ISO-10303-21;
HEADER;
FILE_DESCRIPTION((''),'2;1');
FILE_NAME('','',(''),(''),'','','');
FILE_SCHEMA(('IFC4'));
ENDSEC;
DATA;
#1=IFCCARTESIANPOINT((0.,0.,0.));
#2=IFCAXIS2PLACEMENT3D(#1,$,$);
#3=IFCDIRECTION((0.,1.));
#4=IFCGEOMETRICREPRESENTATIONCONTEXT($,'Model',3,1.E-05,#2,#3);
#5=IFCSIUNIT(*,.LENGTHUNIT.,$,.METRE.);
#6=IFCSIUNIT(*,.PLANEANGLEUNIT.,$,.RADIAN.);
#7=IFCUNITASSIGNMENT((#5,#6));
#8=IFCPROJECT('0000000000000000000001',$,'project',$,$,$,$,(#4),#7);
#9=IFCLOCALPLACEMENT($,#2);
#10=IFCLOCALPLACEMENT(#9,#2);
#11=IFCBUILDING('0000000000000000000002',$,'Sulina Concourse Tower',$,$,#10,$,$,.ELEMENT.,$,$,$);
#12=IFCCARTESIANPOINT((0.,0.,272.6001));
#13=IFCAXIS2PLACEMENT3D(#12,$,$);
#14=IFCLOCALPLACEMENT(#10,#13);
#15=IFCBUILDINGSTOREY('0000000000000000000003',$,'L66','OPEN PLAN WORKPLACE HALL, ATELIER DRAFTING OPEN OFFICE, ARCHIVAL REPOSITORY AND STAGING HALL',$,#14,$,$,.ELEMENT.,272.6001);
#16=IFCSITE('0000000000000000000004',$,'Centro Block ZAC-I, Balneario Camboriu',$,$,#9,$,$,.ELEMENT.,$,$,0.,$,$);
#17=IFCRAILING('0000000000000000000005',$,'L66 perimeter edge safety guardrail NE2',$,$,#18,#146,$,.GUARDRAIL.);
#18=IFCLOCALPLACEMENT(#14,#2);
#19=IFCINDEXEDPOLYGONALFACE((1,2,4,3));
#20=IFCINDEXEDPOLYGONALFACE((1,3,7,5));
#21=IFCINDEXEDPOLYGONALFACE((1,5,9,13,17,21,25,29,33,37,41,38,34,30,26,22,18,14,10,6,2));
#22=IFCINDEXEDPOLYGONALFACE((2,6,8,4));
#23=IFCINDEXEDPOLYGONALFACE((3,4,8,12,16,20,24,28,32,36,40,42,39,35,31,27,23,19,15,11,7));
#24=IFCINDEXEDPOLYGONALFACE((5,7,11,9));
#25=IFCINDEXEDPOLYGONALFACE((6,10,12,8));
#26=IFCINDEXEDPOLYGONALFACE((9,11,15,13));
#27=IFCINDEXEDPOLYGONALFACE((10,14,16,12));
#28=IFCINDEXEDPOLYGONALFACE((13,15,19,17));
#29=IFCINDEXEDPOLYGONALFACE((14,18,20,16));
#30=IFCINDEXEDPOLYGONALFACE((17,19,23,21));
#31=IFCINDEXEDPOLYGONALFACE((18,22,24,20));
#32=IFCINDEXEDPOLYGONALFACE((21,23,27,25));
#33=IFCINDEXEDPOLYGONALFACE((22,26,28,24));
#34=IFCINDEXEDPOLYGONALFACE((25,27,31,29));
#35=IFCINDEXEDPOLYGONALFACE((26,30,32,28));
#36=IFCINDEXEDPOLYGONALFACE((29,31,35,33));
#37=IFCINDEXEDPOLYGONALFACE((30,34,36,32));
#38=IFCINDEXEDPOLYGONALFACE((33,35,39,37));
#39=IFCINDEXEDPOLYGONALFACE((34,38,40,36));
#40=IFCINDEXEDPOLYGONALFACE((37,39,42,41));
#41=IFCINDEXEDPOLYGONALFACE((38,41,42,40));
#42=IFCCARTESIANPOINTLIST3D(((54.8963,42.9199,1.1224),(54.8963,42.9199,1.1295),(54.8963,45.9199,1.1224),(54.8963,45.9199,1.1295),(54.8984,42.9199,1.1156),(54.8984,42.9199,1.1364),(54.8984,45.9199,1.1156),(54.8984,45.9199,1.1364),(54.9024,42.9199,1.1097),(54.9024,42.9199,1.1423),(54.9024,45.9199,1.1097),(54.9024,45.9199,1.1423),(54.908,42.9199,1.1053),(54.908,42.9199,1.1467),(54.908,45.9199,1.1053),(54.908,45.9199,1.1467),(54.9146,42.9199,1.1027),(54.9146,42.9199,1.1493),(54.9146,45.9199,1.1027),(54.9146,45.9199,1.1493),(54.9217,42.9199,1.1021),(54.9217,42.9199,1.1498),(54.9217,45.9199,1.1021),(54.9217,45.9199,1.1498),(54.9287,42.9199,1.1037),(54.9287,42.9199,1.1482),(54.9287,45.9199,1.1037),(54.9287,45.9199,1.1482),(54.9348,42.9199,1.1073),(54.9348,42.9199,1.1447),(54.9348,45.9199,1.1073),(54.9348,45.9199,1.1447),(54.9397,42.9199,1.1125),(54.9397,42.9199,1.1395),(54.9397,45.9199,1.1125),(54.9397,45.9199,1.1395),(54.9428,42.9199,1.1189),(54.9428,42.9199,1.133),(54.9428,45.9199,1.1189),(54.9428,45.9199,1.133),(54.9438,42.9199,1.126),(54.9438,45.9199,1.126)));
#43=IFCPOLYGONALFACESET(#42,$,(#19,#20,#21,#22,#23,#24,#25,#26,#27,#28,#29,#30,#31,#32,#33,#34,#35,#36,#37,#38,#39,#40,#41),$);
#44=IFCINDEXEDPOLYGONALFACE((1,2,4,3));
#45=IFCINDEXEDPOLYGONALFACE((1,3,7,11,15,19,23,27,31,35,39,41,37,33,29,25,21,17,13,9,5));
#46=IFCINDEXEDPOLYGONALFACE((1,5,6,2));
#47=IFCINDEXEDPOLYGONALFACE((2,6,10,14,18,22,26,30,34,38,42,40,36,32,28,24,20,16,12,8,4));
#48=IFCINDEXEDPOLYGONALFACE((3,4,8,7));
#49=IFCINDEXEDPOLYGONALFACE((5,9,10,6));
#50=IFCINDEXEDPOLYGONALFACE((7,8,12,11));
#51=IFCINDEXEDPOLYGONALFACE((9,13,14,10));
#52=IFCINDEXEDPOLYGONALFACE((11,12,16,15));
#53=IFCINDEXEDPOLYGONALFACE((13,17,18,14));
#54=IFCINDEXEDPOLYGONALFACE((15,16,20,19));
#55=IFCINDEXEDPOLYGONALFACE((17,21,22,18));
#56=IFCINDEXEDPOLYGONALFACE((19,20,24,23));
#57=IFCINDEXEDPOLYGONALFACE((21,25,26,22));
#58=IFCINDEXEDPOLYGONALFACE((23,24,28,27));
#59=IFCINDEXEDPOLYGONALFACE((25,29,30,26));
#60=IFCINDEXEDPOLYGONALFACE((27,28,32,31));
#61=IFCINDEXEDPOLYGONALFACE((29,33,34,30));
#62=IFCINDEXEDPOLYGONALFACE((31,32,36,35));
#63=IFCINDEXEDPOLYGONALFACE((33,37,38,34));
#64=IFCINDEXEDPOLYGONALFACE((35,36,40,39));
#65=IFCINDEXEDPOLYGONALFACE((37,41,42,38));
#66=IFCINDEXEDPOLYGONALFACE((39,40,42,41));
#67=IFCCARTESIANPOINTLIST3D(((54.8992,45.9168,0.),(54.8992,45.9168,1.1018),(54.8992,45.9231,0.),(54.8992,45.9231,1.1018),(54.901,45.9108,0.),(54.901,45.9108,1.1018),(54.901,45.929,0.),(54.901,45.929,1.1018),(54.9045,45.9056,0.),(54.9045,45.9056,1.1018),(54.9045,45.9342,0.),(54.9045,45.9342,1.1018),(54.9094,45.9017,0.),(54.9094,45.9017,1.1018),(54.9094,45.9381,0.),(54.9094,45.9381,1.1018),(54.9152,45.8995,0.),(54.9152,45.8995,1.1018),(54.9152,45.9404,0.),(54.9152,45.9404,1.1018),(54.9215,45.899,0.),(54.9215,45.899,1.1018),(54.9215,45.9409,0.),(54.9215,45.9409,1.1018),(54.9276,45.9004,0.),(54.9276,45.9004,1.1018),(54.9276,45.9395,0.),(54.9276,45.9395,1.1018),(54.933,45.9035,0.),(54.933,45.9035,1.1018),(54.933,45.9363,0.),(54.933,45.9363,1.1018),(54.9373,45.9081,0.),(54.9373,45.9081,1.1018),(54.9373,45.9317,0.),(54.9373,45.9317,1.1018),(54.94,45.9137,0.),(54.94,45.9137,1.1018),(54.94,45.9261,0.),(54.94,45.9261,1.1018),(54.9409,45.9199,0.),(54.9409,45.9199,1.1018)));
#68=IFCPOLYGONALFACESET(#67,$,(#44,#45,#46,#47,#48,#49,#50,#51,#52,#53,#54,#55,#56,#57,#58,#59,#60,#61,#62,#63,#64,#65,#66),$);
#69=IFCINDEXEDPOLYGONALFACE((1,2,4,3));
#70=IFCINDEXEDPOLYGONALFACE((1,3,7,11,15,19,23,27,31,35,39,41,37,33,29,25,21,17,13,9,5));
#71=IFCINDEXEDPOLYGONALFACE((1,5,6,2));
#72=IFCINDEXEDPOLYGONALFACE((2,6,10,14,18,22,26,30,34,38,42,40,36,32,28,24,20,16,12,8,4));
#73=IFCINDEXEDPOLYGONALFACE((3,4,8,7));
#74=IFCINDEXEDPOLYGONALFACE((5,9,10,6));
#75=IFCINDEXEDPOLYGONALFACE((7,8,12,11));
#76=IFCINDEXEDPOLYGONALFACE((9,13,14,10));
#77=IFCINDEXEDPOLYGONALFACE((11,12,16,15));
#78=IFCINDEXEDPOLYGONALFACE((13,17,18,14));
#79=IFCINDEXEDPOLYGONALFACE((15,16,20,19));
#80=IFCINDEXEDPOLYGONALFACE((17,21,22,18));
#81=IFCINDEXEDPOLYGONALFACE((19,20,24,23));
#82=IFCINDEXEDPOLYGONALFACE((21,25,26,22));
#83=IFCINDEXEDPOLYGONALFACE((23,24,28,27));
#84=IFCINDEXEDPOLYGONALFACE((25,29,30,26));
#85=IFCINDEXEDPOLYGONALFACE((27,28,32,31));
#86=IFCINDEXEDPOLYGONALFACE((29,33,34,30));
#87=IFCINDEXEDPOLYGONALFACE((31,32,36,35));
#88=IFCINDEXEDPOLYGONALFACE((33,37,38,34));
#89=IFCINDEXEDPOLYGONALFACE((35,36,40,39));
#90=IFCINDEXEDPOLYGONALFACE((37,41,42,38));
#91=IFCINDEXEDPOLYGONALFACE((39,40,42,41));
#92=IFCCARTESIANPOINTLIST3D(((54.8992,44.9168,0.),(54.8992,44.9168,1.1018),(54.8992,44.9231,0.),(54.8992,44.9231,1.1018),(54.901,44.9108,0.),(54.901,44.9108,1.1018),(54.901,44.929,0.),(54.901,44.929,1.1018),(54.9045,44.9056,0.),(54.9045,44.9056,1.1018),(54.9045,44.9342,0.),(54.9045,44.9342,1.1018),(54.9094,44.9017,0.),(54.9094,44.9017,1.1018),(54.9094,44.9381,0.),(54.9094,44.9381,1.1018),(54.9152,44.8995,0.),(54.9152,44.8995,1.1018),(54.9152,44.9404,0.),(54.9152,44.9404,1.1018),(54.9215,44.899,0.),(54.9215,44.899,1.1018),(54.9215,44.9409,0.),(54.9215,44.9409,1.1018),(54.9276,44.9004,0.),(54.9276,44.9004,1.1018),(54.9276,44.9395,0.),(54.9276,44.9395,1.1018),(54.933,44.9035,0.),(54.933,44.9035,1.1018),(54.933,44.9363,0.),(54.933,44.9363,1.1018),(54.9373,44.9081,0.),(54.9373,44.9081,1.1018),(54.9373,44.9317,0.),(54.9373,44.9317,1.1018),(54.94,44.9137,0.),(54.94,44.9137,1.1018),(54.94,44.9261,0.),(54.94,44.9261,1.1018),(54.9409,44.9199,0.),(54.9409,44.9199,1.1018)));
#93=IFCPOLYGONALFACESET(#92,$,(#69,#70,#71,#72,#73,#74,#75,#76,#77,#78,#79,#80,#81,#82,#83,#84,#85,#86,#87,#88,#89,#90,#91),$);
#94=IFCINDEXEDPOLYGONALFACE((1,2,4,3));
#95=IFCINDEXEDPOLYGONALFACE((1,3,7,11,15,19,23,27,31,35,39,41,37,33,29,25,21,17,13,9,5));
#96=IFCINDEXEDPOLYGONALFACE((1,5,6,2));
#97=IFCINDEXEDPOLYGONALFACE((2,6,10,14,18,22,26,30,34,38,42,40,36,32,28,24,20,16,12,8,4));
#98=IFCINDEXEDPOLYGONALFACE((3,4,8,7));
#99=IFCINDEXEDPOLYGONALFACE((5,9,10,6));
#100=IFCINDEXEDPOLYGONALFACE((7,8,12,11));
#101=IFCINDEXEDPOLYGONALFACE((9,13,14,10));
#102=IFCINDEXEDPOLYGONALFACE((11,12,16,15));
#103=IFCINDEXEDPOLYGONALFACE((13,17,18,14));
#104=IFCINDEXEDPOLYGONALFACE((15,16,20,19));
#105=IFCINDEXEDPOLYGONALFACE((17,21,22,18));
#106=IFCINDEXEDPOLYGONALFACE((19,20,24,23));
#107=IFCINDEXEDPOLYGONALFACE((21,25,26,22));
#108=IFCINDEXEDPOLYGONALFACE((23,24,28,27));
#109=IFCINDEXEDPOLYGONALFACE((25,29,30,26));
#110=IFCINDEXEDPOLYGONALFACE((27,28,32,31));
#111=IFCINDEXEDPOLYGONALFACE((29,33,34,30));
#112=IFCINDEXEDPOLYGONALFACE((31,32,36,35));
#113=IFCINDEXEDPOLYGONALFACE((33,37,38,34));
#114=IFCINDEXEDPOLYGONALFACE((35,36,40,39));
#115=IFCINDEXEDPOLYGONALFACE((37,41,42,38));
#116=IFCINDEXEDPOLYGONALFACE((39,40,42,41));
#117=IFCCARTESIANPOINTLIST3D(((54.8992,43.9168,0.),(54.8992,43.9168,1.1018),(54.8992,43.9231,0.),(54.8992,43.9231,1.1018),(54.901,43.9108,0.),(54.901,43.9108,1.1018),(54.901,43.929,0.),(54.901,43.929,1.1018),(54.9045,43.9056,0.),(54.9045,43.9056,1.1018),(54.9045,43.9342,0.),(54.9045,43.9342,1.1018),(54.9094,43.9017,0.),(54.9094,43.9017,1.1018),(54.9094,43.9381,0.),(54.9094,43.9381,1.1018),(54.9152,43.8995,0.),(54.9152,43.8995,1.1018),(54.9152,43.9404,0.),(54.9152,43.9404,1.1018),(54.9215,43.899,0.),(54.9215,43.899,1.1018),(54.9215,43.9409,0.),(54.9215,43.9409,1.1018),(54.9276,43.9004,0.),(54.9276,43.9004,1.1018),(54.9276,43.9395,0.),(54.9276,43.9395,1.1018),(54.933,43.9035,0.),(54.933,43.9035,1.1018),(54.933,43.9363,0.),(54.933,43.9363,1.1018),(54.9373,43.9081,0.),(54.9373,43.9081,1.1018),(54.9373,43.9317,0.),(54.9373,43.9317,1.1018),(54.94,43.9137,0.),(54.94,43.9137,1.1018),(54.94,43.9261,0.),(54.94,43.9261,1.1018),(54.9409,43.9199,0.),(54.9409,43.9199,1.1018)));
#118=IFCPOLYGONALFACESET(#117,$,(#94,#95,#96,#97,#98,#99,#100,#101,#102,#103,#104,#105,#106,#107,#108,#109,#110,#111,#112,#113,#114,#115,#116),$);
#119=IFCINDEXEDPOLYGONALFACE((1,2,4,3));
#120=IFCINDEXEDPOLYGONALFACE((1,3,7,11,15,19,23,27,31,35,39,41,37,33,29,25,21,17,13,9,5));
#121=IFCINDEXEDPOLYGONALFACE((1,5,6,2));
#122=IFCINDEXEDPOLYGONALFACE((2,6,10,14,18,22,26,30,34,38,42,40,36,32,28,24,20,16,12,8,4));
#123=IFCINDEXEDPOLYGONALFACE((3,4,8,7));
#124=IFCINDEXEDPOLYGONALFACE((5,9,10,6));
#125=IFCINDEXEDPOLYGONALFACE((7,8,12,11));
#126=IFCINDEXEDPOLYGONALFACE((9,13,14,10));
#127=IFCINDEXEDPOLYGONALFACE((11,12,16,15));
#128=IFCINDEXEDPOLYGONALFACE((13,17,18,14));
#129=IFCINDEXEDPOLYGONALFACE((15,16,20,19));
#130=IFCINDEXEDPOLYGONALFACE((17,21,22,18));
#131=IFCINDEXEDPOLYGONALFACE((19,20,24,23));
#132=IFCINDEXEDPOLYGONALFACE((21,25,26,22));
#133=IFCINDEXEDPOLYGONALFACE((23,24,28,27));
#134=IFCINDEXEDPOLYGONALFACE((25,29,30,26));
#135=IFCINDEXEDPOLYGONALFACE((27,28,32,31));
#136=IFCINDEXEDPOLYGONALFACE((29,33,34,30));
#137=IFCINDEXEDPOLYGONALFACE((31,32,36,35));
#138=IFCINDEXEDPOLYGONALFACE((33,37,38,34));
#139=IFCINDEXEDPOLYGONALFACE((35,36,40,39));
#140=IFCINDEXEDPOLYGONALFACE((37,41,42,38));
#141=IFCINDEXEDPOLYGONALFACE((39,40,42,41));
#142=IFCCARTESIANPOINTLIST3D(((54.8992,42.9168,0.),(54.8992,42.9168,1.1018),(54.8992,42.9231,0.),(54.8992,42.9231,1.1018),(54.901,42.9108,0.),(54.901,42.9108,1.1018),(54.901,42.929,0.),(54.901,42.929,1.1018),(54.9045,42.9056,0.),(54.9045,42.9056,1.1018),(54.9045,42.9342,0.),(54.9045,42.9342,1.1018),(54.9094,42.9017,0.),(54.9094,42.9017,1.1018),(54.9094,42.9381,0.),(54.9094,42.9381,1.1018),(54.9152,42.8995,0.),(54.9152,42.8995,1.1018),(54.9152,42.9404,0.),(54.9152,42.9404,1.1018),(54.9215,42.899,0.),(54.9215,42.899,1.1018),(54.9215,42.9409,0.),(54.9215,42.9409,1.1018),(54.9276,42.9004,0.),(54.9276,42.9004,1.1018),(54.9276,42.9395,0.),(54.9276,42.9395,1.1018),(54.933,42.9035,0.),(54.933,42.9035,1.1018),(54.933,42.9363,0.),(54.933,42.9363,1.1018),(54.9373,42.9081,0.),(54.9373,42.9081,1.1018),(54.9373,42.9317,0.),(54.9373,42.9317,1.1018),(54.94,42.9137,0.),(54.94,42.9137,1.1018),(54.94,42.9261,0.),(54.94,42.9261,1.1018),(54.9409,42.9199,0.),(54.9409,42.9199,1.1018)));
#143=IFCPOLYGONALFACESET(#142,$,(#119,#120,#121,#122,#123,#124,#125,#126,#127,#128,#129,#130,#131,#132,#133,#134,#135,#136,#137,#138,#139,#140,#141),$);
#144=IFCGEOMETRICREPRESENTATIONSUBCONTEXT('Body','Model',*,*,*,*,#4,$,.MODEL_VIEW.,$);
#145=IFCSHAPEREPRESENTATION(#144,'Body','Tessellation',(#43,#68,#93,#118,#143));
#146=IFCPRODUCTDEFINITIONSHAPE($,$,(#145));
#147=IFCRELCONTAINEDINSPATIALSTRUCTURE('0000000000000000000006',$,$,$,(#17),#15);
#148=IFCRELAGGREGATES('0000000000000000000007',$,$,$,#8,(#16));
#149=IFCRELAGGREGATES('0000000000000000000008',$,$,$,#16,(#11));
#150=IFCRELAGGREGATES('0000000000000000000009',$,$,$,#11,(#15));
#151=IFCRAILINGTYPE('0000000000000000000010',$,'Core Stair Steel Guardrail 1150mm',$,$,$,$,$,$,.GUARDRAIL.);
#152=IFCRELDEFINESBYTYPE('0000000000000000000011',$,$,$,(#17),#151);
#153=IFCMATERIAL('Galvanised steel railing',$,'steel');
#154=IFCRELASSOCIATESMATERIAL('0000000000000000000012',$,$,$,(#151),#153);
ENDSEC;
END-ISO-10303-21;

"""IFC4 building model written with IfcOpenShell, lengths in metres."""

from ifc_helpers import new_model, si_unit, direction, frame, origin, origin_2d, place, context, subcontext, project, spatial, circle, extrude, material, type_object, element, save


model = new_model("IFC4")

# Units and contexts
model_context = context("Model", 3, precision=1e-05, world=origin(), true_north=direction((0.0, 1.0)))
body_context = subcontext(model_context, "Body", "Model", "MODEL_VIEW")
ifc_project = project(units=[si_unit("LENGTHUNIT", "METRE"), si_unit("PLANEANGLEUNIT", "RADIAN")], contexts=[model_context])

# Site, building, storey
site_placement = place(None, origin())
site = spatial("IfcSite", under=ifc_project, at=site_placement, Name="Centro Block ZAC-I, Balneario Camboriu", CompositionType="ELEMENT", RefElevation=0.0)
building_placement = place(site_placement, origin())
building = spatial("IfcBuilding", under=site, at=building_placement, Name="Sulina Concourse Tower", CompositionType="ELEMENT")
storey_placement = place(building_placement, frame((0.0, 0.0, 272.6001)))
storey = spatial("IfcBuildingStorey", under=building, at=storey_placement, Name="L66", Description="OPEN PLAN WORKPLACE HALL, ATELIER DRAFTING OPEN OFFICE, ARCHIVAL REPOSITORY AND STAGING HALL", CompositionType="ELEMENT", Elevation=272.6001)

# Railing
ifc_material_1 = material(Name="Galvanised steel railing", Category="steel")
railing_type_1 = type_object("IfcRailingType", Name="Core Stair Steel Guardrail 1150mm", PredefinedType="GUARDRAIL", material=ifc_material_1)
railing_1_placement = place(storey_placement, frame((54.9199, 45.9199, 0.0)))
element("IfcRailing", 1, at=railing_1_placement, inside=storey, type_object=railing_type_1, Name="L66 perimeter edge safety guardrail NE2", PredefinedType="GUARDRAIL", context=body_context, shape_type="SweptSolid", body=[
    extrude(circle(Radius=0.0239, at=origin_2d()), frame((0.0, 0.0, 1.126), z_axis=(0.0, -1.0, 0.0), x_axis=(1.0, 0.0, 0.0)), (0.0, 0.0, 1.0), 3.0),
    extrude(circle(Radius=0.021, at=origin_2d()), origin(), (0.0, 0.0, 1.0), 1.1018),
    extrude(circle(Radius=0.021, at=origin_2d()), frame((0.0, -1.0, 0.0)), (0.0, 0.0, 1.0), 1.1018),
    extrude(circle(Radius=0.021, at=origin_2d()), frame((0.0, -2.0, 0.0)), (0.0, 0.0, 1.0), 1.1018),
    extrude(circle(Radius=0.021, at=origin_2d()), frame((0.0, -3.0, 0.0)), (0.0, 0.0, 1.0), 1.1018),
])

save(model, "model.ifc")
